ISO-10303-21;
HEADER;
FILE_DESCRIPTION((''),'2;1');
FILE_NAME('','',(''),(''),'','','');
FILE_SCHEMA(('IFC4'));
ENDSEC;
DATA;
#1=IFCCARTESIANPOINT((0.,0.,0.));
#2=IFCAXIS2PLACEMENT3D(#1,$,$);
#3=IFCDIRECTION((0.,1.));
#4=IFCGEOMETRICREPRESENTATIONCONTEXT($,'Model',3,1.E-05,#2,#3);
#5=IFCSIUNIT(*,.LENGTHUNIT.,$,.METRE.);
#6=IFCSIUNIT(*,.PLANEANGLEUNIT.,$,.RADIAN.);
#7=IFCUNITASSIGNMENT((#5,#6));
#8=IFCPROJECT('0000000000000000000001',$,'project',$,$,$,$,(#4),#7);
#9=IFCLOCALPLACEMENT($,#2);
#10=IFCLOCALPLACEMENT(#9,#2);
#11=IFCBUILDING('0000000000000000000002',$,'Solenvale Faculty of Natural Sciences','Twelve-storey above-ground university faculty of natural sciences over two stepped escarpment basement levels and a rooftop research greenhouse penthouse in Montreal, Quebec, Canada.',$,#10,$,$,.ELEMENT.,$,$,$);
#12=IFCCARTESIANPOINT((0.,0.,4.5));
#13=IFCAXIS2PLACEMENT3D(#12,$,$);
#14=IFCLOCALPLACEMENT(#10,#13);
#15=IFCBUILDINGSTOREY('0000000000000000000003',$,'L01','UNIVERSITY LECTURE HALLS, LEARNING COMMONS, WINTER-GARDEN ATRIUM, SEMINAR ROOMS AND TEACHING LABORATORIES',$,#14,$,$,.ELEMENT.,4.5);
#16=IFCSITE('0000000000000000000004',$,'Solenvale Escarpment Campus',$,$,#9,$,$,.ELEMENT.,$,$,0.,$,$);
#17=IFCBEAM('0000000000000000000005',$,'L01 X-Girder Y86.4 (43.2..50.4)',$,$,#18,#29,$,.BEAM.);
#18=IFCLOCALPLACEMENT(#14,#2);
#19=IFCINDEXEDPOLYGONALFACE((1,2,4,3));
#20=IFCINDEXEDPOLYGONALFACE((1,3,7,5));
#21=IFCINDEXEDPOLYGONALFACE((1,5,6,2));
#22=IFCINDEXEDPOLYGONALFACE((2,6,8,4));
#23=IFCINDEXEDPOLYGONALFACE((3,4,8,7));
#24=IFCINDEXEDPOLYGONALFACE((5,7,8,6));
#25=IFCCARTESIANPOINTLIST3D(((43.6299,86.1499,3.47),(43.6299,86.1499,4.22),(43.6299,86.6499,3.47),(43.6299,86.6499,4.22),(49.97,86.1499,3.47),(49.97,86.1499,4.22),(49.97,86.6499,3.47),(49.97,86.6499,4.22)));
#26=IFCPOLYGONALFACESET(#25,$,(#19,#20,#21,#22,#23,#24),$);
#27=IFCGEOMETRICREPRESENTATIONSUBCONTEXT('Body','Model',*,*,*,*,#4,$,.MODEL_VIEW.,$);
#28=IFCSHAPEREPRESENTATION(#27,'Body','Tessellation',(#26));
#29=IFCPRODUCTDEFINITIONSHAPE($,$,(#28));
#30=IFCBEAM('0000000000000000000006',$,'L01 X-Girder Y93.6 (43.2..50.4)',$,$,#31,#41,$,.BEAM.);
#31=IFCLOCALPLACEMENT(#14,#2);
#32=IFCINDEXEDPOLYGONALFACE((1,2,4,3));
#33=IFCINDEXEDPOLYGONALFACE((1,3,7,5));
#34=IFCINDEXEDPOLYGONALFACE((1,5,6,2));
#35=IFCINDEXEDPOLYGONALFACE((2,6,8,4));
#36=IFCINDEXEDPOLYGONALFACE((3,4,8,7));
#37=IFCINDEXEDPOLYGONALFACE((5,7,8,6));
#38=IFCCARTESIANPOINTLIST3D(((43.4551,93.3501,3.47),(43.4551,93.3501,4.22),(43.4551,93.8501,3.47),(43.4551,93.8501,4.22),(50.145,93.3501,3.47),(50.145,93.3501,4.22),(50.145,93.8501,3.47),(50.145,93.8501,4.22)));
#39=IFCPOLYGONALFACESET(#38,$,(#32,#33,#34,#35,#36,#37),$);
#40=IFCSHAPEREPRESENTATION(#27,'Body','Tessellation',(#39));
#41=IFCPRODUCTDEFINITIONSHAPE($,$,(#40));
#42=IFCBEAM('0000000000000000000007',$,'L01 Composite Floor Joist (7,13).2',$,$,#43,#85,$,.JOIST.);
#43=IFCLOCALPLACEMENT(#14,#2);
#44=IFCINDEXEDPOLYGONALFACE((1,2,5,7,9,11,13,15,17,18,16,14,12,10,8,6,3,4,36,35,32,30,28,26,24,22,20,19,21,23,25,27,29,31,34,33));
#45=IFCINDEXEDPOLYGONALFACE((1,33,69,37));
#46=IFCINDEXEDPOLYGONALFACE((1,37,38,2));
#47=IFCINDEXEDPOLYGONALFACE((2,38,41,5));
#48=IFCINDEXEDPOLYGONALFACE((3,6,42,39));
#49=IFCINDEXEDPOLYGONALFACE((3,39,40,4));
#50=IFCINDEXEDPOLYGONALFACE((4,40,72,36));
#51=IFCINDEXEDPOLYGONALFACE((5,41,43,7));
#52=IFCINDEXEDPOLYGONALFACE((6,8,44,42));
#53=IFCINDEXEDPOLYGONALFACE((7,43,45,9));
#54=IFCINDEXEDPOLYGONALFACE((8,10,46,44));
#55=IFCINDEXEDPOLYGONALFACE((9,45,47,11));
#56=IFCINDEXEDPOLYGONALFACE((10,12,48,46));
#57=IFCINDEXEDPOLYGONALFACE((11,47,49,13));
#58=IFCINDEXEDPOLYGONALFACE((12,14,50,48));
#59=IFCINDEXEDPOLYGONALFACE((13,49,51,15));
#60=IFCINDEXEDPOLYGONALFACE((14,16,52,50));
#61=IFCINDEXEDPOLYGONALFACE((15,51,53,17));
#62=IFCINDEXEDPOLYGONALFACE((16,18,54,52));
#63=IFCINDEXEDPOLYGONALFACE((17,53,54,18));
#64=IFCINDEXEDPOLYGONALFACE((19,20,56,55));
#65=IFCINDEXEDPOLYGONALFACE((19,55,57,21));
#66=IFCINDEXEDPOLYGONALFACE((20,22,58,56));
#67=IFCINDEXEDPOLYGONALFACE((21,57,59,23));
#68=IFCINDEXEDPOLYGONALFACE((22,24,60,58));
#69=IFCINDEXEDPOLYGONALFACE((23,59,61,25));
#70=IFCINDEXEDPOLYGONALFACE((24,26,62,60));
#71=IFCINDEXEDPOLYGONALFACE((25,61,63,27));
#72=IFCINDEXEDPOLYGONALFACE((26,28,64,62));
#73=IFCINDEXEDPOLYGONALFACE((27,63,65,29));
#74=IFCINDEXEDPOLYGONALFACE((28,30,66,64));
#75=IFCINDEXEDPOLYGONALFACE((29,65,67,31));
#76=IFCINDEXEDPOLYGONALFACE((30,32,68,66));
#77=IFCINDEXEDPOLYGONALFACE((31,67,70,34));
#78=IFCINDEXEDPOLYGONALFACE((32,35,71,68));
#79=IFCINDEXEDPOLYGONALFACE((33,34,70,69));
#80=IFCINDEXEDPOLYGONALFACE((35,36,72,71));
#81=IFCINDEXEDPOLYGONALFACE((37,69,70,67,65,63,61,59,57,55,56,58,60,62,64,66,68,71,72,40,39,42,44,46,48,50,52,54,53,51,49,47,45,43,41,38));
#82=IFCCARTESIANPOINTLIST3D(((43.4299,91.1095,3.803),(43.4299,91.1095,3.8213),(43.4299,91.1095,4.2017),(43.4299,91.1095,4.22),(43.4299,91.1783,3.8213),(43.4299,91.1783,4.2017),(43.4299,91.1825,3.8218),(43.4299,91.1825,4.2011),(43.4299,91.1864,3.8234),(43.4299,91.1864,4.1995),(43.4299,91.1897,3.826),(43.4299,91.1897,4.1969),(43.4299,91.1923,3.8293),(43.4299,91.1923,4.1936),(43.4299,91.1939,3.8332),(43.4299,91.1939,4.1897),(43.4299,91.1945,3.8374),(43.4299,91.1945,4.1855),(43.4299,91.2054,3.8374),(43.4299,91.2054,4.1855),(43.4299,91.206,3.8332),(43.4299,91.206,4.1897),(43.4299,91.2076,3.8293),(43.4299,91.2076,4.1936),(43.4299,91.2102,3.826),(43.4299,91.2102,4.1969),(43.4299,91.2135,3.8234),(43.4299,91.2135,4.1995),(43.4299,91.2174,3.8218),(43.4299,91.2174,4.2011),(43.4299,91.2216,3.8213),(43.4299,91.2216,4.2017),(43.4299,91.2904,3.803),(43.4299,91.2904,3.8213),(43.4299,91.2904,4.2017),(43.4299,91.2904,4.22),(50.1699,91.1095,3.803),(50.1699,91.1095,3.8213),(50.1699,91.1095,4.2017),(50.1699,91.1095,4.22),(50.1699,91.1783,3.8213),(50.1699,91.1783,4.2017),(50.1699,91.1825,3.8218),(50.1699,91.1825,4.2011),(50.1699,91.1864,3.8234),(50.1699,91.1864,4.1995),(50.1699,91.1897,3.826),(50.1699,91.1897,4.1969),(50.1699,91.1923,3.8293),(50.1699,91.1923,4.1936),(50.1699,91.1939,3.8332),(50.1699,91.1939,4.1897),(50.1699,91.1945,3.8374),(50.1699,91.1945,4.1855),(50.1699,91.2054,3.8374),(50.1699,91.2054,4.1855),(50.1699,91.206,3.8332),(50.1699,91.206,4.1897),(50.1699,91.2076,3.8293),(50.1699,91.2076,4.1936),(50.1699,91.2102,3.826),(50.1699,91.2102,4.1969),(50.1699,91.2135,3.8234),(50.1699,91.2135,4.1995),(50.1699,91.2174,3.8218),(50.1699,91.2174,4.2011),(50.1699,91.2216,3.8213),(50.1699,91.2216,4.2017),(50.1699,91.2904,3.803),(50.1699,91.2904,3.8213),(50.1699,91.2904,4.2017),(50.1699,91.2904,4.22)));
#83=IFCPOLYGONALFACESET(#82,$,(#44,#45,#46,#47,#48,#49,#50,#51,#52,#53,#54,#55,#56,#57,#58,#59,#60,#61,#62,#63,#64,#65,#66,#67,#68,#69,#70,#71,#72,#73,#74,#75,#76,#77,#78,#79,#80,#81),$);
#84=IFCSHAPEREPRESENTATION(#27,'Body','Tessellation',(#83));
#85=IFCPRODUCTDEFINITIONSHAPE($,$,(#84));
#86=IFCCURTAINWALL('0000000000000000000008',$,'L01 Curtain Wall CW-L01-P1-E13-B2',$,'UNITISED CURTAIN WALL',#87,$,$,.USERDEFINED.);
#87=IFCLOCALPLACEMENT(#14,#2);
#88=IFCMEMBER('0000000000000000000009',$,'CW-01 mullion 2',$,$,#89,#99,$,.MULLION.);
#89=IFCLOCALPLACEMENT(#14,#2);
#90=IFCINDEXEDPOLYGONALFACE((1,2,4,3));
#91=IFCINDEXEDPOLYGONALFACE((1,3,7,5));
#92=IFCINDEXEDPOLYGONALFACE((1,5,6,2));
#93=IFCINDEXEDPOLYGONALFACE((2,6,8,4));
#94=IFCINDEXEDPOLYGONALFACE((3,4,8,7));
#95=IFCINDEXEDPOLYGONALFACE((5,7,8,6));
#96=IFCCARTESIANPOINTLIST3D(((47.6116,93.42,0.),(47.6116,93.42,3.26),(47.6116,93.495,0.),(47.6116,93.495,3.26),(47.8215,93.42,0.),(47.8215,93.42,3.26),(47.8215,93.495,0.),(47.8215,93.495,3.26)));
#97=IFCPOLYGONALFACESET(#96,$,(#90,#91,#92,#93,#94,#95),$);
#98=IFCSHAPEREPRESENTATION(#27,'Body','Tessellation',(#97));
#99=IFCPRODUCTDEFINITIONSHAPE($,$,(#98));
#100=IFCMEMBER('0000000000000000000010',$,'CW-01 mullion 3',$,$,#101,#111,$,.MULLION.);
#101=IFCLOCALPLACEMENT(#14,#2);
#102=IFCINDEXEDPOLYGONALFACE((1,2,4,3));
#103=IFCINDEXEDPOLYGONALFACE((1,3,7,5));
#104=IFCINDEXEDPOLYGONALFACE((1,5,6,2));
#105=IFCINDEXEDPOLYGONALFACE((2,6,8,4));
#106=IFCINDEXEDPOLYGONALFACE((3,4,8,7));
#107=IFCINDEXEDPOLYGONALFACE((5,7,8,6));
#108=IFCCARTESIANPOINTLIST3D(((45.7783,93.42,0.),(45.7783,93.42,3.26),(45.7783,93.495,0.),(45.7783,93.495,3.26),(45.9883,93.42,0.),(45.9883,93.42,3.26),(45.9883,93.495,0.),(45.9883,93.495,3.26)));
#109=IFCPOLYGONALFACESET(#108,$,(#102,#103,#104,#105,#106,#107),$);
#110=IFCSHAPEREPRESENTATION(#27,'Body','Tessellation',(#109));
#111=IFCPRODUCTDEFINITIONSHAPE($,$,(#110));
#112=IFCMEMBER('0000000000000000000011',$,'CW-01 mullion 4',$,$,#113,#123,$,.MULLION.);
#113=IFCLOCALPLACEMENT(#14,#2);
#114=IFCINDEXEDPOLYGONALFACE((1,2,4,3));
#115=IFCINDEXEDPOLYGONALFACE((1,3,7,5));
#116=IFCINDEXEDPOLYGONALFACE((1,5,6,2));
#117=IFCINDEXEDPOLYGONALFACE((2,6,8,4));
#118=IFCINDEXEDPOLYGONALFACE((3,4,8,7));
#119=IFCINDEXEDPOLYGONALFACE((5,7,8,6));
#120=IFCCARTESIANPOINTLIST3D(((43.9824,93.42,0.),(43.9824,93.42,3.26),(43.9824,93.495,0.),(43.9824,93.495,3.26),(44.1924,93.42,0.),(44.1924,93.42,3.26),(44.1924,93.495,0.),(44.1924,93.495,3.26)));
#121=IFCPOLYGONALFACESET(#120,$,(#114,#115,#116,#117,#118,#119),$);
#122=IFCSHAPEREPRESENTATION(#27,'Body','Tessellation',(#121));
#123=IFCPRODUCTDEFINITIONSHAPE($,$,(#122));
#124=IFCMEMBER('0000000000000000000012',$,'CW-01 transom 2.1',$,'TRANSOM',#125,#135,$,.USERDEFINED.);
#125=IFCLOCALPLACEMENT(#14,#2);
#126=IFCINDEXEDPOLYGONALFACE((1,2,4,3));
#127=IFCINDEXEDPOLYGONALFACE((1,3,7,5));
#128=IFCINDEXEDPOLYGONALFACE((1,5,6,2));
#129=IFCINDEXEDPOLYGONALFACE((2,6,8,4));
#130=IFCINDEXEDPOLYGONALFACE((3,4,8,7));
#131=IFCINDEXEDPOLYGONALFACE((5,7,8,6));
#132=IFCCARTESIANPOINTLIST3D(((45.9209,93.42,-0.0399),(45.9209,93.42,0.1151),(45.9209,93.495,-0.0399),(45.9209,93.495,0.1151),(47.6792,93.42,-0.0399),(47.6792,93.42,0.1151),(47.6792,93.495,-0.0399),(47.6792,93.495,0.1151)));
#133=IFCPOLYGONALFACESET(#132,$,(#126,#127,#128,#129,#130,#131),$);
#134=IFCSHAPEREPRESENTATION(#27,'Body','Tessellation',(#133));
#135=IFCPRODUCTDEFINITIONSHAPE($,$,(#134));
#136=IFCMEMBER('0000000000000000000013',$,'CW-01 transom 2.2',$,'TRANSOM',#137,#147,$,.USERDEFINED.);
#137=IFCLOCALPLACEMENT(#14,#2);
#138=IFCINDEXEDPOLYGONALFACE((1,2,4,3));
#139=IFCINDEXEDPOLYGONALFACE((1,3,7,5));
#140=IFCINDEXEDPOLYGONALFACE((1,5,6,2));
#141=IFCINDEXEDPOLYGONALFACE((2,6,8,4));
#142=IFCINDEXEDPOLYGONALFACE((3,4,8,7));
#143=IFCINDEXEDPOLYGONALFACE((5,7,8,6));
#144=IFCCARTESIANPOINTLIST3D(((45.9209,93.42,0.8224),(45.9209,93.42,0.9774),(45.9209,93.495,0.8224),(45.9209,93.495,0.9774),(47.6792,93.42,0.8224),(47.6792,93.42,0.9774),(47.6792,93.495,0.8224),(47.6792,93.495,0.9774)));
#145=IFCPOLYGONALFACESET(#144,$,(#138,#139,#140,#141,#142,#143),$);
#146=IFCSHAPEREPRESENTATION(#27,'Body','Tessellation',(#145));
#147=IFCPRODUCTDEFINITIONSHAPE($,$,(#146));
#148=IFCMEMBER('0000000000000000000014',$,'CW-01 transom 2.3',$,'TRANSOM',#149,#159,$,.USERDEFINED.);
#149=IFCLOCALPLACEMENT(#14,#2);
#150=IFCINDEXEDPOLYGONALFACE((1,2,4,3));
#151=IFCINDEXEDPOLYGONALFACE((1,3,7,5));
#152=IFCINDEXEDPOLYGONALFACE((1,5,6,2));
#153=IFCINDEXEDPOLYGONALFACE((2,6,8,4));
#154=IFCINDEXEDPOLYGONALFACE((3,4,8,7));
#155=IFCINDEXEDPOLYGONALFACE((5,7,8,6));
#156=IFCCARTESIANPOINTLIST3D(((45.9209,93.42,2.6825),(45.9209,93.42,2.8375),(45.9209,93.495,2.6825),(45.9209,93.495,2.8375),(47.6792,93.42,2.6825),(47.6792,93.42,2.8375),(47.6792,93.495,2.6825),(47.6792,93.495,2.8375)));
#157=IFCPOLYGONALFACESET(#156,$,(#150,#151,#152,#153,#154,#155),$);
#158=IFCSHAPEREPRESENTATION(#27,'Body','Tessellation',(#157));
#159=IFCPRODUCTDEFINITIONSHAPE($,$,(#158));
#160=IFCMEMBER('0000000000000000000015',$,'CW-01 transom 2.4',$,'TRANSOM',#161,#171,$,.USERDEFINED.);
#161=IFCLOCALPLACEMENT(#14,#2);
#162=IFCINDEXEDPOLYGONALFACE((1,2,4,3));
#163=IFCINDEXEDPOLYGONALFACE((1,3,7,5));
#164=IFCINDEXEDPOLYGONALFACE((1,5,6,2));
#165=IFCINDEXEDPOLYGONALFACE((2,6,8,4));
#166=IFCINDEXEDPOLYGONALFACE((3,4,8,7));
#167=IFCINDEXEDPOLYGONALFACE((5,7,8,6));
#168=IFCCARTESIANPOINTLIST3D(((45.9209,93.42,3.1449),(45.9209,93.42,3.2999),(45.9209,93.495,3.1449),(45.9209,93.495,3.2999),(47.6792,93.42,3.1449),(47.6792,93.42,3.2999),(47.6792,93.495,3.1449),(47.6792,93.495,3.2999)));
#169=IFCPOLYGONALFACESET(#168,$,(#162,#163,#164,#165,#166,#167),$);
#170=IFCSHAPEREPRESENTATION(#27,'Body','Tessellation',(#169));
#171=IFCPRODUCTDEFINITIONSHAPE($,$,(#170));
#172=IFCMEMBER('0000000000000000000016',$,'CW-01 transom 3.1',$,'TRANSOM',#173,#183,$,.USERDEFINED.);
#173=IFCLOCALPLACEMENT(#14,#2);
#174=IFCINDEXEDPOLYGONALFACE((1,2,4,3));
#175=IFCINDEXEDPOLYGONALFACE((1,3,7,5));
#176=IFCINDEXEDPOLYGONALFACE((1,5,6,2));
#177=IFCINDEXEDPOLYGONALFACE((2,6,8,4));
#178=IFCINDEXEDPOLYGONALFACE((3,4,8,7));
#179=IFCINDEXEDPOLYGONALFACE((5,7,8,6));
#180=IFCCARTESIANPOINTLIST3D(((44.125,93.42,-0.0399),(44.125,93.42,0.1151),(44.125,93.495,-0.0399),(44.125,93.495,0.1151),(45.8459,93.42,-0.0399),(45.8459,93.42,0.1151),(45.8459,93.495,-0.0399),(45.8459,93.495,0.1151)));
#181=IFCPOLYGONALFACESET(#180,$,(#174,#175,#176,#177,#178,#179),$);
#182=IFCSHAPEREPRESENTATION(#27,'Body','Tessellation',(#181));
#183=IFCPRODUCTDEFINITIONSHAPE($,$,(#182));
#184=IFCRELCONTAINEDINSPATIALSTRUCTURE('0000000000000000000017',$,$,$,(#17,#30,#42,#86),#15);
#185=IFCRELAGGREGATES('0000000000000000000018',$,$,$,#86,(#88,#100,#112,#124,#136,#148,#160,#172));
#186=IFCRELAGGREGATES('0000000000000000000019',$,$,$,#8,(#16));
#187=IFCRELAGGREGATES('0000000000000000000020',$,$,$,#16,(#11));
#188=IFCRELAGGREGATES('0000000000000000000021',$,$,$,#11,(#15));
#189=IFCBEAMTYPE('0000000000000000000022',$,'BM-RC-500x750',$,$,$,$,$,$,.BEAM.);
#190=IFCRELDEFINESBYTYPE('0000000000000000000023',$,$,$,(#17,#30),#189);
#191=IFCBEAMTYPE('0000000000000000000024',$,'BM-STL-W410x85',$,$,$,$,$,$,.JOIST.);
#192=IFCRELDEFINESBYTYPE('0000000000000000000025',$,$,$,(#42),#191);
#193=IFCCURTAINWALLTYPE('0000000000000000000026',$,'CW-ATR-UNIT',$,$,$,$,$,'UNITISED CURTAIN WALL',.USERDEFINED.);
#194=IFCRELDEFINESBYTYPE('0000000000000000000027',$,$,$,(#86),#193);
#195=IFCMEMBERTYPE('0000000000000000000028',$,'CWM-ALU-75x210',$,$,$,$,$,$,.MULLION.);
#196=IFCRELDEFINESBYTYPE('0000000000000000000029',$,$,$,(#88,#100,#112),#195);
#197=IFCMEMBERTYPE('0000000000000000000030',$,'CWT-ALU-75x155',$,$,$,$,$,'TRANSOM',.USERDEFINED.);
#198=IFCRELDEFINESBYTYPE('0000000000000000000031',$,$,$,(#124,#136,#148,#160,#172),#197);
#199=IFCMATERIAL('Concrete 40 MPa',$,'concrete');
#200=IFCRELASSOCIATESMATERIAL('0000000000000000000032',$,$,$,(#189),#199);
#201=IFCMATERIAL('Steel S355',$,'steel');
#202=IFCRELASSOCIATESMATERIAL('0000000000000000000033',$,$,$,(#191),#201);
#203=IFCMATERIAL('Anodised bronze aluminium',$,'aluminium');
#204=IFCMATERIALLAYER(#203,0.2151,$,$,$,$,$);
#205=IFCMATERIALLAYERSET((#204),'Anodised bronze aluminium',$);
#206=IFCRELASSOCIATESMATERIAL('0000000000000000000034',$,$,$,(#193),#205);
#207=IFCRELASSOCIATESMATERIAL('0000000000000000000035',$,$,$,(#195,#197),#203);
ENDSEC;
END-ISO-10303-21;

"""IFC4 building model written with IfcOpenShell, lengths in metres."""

from ifc_helpers import new_model, si_unit, direction, frame, origin, origin_2d, place, context, subcontext, project, spatial, rectangle, i_section, extrude, material, layer, layer_set, material_profile, profile_set, type_object, element, aggregate, save


model = new_model("IFC4")

# Units and contexts
model_context = context("Model", 3, precision=1e-05, world=origin(), true_north=direction((0.0, 1.0)))
body_context = subcontext(model_context, "Body", "Model", "MODEL_VIEW")
ifc_project = project(units=[si_unit("LENGTHUNIT", "METRE"), si_unit("PLANEANGLEUNIT", "RADIAN")], contexts=[model_context])

# Site, building, storey
site_placement = place(None, origin())
site = spatial("IfcSite", under=ifc_project, at=site_placement, Name="Solenvale Escarpment Campus", CompositionType="ELEMENT", RefElevation=0.0)
building_placement = place(site_placement, origin())
building = spatial("IfcBuilding", under=site, at=building_placement, Name="Solenvale Faculty of Natural Sciences", Description="Twelve-storey above-ground university faculty of natural sciences over two stepped escarpment basement levels and a rooftop research greenhouse penthouse in Montreal, Quebec, Canada.", CompositionType="ELEMENT")
storey_placement = place(building_placement, frame((0.0, 0.0, 4.5)))
storey = spatial("IfcBuildingStorey", under=building, at=storey_placement, Name="L01", Description="UNIVERSITY LECTURE HALLS, LEARNING COMMONS, WINTER-GARDEN ATRIUM, SEMINAR ROOMS AND TEACHING LABORATORIES", CompositionType="ELEMENT", Elevation=4.5)

# Beams
ifc_material_1 = material(Name="Concrete 40 MPa", Category="concrete")
ifc_material_profile_1 = material_profile(ifc_material_1, rectangle(XDim=0.5, YDim=0.75, at=origin_2d()), Name="RC-BM-500x750")
ifc_profile_set_1 = profile_set([ifc_material_profile_1], Name="Concrete 40 MPa")
beam_type_1 = type_object("IfcBeamType", Name="BM-RC-500x750", PredefinedType="BEAM", material=ifc_profile_set_1)
beam_1_placement = place(storey_placement, frame((43.6299, 86.3999, 3.845), z_axis=(1.0, 0.0, 0.0), x_axis=(0.0, 1.0, 0.0)))
element("IfcBeam", 1, at=beam_1_placement, inside=storey, type_object=beam_type_1, Name="L01 X-Girder Y86.4 (43.2..50.4)", PredefinedType="BEAM", context=body_context, shape_type="SweptSolid", body=[
    extrude(rectangle(XDim=0.5, YDim=0.75, at=origin_2d()), origin(), (0.0, 0.0, 1.0), 6.3401),
])
beam_2_placement = place(storey_placement, frame((43.4551, 93.6001, 3.845), z_axis=(1.0, 0.0, 0.0), x_axis=(0.0, 1.0, 0.0)))
element("IfcBeam", 2, at=beam_2_placement, inside=storey, type_object=beam_type_1, Name="L01 X-Girder Y93.6 (43.2..50.4)", PredefinedType="BEAM", context=body_context, shape_type="SweptSolid", body=[
    extrude(rectangle(XDim=0.5, YDim=0.75, at=origin_2d()), origin(), (0.0, 0.0, 1.0), 6.6899),
])
ifc_material_2 = material(Name="Steel S355", Category="steel")
ifc_material_profile_2 = material_profile(ifc_material_2, i_section(OverallWidth=0.1809, OverallDepth=0.417, WebThickness=0.011, FlangeThickness=0.0183, FilletRadius=0.0161, at=origin_2d()), Name="W410x85")
ifc_profile_set_2 = profile_set([ifc_material_profile_2], Name="Steel S355")
beam_type_2 = type_object("IfcBeamType", Name="BM-STL-W410x85", PredefinedType="JOIST", material=ifc_profile_set_2)
beam_3_placement = place(storey_placement, frame((43.4299, 91.2, 4.0115), z_axis=(1.0, 0.0, 0.0), x_axis=(0.0, 1.0, 0.0)))
element("IfcBeam", 3, at=beam_3_placement, inside=storey, type_object=beam_type_2, Name="L01 Composite Floor Joist (7,13).2", PredefinedType="JOIST", context=body_context, shape_type="SweptSolid", body=[
    extrude(i_section(OverallWidth=0.1809, OverallDepth=0.417, WebThickness=0.011, FlangeThickness=0.0183, FilletRadius=0.0161, at=origin_2d()), origin(), (0.0, 0.0, 1.0), 6.74),
])

# Curtain wall, members
ifc_material_3 = material(Name="Anodised bronze aluminium", Category="aluminium")
ifc_layer_1 = layer(ifc_material_3, 0.2151)
ifc_layer_set_1 = layer_set([ifc_layer_1], Name="Anodised bronze aluminium")
curtain_wall_type = type_object("IfcCurtainWallType", Name="CW-ATR-UNIT", ElementType="UNITISED CURTAIN WALL", PredefinedType="USERDEFINED", material=ifc_layer_set_1)
curtain_wall_placement = place(storey_placement, origin())
curtain_wall = element("IfcCurtainWall", 4, at=curtain_wall_placement, inside=storey, type_object=curtain_wall_type, Name="L01 Curtain Wall CW-L01-P1-E13-B2", ObjectType="UNITISED CURTAIN WALL", PredefinedType="USERDEFINED")
ifc_material_profile_3 = material_profile(ifc_material_3, rectangle(XDim=0.075, YDim=0.21, at=origin_2d()), Name="ALU-MUL-75x210")
ifc_profile_set_3 = profile_set([ifc_material_profile_3], Name="Anodised bronze aluminium")
member_type_1 = type_object("IfcMemberType", Name="CWM-ALU-75x210", PredefinedType="MULLION", material=ifc_profile_set_3)
member_1_placement = place(storey_placement, frame((47.7166, 93.4575, 0.0), z_axis=(0.0, 0.0, 1.0), x_axis=(0.0, -1.0, 0.0)))
member_1 = element("IfcMember", 5, at=member_1_placement, type_object=member_type_1, Name="CW-01 mullion 2", PredefinedType="MULLION", context=body_context, shape_type="SweptSolid", body=[
    extrude(rectangle(XDim=0.075, YDim=0.21, at=origin_2d()), origin(), (0.0, 0.0, 1.0), 3.26),
])
member_2_placement = place(storey_placement, frame((45.8833, 93.4575, 0.0), z_axis=(0.0, 0.0, 1.0), x_axis=(0.0, -1.0, 0.0)))
member_2 = element("IfcMember", 6, at=member_2_placement, type_object=member_type_1, Name="CW-01 mullion 3", PredefinedType="MULLION", context=body_context, shape_type="SweptSolid", body=[
    extrude(rectangle(XDim=0.075, YDim=0.21, at=origin_2d()), origin(), (0.0, 0.0, 1.0), 3.26),
])
member_3_placement = place(storey_placement, frame((44.0874, 93.4575, 0.0), z_axis=(0.0, 0.0, 1.0), x_axis=(0.0, -1.0, 0.0)))
member_3 = element("IfcMember", 7, at=member_3_placement, type_object=member_type_1, Name="CW-01 mullion 4", PredefinedType="MULLION", context=body_context, shape_type="SweptSolid", body=[
    extrude(rectangle(XDim=0.075, YDim=0.21, at=origin_2d()), origin(), (0.0, 0.0, 1.0), 3.26),
])
ifc_material_profile_4 = material_profile(ifc_material_3, rectangle(XDim=0.075, YDim=0.155, at=origin_2d()), Name="ALU-TRN-75x155")
ifc_profile_set_4 = profile_set([ifc_material_profile_4], Name="Anodised bronze aluminium")
member_type_2 = type_object("IfcMemberType", Name="CWT-ALU-75x155", ElementType="TRANSOM", PredefinedType="USERDEFINED", material=ifc_profile_set_4)
member_4_placement = place(storey_placement, frame((47.6792, 93.4575, 0.0376), z_axis=(-1.0, 0.0, 0.0), x_axis=(0.0, -1.0, 0.0)))
member_4 = element("IfcMember", 8, at=member_4_placement, type_object=member_type_2, Name="CW-01 transom 2.1", ObjectType="TRANSOM", PredefinedType="USERDEFINED", context=body_context, shape_type="SweptSolid", body=[
    extrude(rectangle(XDim=0.075, YDim=0.155, at=origin_2d()), origin(), (0.0, 0.0, 1.0), 1.7583),
])
member_5_placement = place(storey_placement, frame((47.6792, 93.4575, 0.8999), z_axis=(-1.0, 0.0, 0.0), x_axis=(0.0, -1.0, 0.0)))
member_5 = element("IfcMember", 9, at=member_5_placement, type_object=member_type_2, Name="CW-01 transom 2.2", ObjectType="TRANSOM", PredefinedType="USERDEFINED", context=body_context, shape_type="SweptSolid", body=[
    extrude(rectangle(XDim=0.075, YDim=0.155, at=origin_2d()), origin(), (0.0, 0.0, 1.0), 1.7583),
])
member_6_placement = place(storey_placement, frame((47.6792, 93.4575, 2.76), z_axis=(-1.0, 0.0, 0.0), x_axis=(0.0, -1.0, 0.0)))
member_6 = element("IfcMember", 10, at=member_6_placement, type_object=member_type_2, Name="CW-01 transom 2.3", ObjectType="TRANSOM", PredefinedType="USERDEFINED", context=body_context, shape_type="SweptSolid", body=[
    extrude(rectangle(XDim=0.075, YDim=0.155, at=origin_2d()), origin(), (0.0, 0.0, 1.0), 1.7583),
])
member_7_placement = place(storey_placement, frame((47.6792, 93.4575, 3.2224), z_axis=(-1.0, 0.0, 0.0), x_axis=(0.0, -1.0, 0.0)))
member_7 = element("IfcMember", 11, at=member_7_placement, type_object=member_type_2, Name="CW-01 transom 2.4", ObjectType="TRANSOM", PredefinedType="USERDEFINED", context=body_context, shape_type="SweptSolid", body=[
    extrude(rectangle(XDim=0.075, YDim=0.155, at=origin_2d()), origin(), (0.0, 0.0, 1.0), 1.7583),
])
member_8_placement = place(storey_placement, frame((45.8459, 93.4575, 0.0376), z_axis=(-1.0, 0.0, 0.0), x_axis=(0.0, -1.0, 0.0)))
member_8 = element("IfcMember", 12, at=member_8_placement, type_object=member_type_2, Name="CW-01 transom 3.1", ObjectType="TRANSOM", PredefinedType="USERDEFINED", context=body_context, shape_type="SweptSolid", body=[
    extrude(rectangle(XDim=0.075, YDim=0.155, at=origin_2d()), origin(), (0.0, 0.0, 1.0), 1.7209),
])
aggregate(curtain_wall, [member_1, member_2, member_3, member_4, member_5, member_6, member_7, member_8])

save(model, "model.ifc")
